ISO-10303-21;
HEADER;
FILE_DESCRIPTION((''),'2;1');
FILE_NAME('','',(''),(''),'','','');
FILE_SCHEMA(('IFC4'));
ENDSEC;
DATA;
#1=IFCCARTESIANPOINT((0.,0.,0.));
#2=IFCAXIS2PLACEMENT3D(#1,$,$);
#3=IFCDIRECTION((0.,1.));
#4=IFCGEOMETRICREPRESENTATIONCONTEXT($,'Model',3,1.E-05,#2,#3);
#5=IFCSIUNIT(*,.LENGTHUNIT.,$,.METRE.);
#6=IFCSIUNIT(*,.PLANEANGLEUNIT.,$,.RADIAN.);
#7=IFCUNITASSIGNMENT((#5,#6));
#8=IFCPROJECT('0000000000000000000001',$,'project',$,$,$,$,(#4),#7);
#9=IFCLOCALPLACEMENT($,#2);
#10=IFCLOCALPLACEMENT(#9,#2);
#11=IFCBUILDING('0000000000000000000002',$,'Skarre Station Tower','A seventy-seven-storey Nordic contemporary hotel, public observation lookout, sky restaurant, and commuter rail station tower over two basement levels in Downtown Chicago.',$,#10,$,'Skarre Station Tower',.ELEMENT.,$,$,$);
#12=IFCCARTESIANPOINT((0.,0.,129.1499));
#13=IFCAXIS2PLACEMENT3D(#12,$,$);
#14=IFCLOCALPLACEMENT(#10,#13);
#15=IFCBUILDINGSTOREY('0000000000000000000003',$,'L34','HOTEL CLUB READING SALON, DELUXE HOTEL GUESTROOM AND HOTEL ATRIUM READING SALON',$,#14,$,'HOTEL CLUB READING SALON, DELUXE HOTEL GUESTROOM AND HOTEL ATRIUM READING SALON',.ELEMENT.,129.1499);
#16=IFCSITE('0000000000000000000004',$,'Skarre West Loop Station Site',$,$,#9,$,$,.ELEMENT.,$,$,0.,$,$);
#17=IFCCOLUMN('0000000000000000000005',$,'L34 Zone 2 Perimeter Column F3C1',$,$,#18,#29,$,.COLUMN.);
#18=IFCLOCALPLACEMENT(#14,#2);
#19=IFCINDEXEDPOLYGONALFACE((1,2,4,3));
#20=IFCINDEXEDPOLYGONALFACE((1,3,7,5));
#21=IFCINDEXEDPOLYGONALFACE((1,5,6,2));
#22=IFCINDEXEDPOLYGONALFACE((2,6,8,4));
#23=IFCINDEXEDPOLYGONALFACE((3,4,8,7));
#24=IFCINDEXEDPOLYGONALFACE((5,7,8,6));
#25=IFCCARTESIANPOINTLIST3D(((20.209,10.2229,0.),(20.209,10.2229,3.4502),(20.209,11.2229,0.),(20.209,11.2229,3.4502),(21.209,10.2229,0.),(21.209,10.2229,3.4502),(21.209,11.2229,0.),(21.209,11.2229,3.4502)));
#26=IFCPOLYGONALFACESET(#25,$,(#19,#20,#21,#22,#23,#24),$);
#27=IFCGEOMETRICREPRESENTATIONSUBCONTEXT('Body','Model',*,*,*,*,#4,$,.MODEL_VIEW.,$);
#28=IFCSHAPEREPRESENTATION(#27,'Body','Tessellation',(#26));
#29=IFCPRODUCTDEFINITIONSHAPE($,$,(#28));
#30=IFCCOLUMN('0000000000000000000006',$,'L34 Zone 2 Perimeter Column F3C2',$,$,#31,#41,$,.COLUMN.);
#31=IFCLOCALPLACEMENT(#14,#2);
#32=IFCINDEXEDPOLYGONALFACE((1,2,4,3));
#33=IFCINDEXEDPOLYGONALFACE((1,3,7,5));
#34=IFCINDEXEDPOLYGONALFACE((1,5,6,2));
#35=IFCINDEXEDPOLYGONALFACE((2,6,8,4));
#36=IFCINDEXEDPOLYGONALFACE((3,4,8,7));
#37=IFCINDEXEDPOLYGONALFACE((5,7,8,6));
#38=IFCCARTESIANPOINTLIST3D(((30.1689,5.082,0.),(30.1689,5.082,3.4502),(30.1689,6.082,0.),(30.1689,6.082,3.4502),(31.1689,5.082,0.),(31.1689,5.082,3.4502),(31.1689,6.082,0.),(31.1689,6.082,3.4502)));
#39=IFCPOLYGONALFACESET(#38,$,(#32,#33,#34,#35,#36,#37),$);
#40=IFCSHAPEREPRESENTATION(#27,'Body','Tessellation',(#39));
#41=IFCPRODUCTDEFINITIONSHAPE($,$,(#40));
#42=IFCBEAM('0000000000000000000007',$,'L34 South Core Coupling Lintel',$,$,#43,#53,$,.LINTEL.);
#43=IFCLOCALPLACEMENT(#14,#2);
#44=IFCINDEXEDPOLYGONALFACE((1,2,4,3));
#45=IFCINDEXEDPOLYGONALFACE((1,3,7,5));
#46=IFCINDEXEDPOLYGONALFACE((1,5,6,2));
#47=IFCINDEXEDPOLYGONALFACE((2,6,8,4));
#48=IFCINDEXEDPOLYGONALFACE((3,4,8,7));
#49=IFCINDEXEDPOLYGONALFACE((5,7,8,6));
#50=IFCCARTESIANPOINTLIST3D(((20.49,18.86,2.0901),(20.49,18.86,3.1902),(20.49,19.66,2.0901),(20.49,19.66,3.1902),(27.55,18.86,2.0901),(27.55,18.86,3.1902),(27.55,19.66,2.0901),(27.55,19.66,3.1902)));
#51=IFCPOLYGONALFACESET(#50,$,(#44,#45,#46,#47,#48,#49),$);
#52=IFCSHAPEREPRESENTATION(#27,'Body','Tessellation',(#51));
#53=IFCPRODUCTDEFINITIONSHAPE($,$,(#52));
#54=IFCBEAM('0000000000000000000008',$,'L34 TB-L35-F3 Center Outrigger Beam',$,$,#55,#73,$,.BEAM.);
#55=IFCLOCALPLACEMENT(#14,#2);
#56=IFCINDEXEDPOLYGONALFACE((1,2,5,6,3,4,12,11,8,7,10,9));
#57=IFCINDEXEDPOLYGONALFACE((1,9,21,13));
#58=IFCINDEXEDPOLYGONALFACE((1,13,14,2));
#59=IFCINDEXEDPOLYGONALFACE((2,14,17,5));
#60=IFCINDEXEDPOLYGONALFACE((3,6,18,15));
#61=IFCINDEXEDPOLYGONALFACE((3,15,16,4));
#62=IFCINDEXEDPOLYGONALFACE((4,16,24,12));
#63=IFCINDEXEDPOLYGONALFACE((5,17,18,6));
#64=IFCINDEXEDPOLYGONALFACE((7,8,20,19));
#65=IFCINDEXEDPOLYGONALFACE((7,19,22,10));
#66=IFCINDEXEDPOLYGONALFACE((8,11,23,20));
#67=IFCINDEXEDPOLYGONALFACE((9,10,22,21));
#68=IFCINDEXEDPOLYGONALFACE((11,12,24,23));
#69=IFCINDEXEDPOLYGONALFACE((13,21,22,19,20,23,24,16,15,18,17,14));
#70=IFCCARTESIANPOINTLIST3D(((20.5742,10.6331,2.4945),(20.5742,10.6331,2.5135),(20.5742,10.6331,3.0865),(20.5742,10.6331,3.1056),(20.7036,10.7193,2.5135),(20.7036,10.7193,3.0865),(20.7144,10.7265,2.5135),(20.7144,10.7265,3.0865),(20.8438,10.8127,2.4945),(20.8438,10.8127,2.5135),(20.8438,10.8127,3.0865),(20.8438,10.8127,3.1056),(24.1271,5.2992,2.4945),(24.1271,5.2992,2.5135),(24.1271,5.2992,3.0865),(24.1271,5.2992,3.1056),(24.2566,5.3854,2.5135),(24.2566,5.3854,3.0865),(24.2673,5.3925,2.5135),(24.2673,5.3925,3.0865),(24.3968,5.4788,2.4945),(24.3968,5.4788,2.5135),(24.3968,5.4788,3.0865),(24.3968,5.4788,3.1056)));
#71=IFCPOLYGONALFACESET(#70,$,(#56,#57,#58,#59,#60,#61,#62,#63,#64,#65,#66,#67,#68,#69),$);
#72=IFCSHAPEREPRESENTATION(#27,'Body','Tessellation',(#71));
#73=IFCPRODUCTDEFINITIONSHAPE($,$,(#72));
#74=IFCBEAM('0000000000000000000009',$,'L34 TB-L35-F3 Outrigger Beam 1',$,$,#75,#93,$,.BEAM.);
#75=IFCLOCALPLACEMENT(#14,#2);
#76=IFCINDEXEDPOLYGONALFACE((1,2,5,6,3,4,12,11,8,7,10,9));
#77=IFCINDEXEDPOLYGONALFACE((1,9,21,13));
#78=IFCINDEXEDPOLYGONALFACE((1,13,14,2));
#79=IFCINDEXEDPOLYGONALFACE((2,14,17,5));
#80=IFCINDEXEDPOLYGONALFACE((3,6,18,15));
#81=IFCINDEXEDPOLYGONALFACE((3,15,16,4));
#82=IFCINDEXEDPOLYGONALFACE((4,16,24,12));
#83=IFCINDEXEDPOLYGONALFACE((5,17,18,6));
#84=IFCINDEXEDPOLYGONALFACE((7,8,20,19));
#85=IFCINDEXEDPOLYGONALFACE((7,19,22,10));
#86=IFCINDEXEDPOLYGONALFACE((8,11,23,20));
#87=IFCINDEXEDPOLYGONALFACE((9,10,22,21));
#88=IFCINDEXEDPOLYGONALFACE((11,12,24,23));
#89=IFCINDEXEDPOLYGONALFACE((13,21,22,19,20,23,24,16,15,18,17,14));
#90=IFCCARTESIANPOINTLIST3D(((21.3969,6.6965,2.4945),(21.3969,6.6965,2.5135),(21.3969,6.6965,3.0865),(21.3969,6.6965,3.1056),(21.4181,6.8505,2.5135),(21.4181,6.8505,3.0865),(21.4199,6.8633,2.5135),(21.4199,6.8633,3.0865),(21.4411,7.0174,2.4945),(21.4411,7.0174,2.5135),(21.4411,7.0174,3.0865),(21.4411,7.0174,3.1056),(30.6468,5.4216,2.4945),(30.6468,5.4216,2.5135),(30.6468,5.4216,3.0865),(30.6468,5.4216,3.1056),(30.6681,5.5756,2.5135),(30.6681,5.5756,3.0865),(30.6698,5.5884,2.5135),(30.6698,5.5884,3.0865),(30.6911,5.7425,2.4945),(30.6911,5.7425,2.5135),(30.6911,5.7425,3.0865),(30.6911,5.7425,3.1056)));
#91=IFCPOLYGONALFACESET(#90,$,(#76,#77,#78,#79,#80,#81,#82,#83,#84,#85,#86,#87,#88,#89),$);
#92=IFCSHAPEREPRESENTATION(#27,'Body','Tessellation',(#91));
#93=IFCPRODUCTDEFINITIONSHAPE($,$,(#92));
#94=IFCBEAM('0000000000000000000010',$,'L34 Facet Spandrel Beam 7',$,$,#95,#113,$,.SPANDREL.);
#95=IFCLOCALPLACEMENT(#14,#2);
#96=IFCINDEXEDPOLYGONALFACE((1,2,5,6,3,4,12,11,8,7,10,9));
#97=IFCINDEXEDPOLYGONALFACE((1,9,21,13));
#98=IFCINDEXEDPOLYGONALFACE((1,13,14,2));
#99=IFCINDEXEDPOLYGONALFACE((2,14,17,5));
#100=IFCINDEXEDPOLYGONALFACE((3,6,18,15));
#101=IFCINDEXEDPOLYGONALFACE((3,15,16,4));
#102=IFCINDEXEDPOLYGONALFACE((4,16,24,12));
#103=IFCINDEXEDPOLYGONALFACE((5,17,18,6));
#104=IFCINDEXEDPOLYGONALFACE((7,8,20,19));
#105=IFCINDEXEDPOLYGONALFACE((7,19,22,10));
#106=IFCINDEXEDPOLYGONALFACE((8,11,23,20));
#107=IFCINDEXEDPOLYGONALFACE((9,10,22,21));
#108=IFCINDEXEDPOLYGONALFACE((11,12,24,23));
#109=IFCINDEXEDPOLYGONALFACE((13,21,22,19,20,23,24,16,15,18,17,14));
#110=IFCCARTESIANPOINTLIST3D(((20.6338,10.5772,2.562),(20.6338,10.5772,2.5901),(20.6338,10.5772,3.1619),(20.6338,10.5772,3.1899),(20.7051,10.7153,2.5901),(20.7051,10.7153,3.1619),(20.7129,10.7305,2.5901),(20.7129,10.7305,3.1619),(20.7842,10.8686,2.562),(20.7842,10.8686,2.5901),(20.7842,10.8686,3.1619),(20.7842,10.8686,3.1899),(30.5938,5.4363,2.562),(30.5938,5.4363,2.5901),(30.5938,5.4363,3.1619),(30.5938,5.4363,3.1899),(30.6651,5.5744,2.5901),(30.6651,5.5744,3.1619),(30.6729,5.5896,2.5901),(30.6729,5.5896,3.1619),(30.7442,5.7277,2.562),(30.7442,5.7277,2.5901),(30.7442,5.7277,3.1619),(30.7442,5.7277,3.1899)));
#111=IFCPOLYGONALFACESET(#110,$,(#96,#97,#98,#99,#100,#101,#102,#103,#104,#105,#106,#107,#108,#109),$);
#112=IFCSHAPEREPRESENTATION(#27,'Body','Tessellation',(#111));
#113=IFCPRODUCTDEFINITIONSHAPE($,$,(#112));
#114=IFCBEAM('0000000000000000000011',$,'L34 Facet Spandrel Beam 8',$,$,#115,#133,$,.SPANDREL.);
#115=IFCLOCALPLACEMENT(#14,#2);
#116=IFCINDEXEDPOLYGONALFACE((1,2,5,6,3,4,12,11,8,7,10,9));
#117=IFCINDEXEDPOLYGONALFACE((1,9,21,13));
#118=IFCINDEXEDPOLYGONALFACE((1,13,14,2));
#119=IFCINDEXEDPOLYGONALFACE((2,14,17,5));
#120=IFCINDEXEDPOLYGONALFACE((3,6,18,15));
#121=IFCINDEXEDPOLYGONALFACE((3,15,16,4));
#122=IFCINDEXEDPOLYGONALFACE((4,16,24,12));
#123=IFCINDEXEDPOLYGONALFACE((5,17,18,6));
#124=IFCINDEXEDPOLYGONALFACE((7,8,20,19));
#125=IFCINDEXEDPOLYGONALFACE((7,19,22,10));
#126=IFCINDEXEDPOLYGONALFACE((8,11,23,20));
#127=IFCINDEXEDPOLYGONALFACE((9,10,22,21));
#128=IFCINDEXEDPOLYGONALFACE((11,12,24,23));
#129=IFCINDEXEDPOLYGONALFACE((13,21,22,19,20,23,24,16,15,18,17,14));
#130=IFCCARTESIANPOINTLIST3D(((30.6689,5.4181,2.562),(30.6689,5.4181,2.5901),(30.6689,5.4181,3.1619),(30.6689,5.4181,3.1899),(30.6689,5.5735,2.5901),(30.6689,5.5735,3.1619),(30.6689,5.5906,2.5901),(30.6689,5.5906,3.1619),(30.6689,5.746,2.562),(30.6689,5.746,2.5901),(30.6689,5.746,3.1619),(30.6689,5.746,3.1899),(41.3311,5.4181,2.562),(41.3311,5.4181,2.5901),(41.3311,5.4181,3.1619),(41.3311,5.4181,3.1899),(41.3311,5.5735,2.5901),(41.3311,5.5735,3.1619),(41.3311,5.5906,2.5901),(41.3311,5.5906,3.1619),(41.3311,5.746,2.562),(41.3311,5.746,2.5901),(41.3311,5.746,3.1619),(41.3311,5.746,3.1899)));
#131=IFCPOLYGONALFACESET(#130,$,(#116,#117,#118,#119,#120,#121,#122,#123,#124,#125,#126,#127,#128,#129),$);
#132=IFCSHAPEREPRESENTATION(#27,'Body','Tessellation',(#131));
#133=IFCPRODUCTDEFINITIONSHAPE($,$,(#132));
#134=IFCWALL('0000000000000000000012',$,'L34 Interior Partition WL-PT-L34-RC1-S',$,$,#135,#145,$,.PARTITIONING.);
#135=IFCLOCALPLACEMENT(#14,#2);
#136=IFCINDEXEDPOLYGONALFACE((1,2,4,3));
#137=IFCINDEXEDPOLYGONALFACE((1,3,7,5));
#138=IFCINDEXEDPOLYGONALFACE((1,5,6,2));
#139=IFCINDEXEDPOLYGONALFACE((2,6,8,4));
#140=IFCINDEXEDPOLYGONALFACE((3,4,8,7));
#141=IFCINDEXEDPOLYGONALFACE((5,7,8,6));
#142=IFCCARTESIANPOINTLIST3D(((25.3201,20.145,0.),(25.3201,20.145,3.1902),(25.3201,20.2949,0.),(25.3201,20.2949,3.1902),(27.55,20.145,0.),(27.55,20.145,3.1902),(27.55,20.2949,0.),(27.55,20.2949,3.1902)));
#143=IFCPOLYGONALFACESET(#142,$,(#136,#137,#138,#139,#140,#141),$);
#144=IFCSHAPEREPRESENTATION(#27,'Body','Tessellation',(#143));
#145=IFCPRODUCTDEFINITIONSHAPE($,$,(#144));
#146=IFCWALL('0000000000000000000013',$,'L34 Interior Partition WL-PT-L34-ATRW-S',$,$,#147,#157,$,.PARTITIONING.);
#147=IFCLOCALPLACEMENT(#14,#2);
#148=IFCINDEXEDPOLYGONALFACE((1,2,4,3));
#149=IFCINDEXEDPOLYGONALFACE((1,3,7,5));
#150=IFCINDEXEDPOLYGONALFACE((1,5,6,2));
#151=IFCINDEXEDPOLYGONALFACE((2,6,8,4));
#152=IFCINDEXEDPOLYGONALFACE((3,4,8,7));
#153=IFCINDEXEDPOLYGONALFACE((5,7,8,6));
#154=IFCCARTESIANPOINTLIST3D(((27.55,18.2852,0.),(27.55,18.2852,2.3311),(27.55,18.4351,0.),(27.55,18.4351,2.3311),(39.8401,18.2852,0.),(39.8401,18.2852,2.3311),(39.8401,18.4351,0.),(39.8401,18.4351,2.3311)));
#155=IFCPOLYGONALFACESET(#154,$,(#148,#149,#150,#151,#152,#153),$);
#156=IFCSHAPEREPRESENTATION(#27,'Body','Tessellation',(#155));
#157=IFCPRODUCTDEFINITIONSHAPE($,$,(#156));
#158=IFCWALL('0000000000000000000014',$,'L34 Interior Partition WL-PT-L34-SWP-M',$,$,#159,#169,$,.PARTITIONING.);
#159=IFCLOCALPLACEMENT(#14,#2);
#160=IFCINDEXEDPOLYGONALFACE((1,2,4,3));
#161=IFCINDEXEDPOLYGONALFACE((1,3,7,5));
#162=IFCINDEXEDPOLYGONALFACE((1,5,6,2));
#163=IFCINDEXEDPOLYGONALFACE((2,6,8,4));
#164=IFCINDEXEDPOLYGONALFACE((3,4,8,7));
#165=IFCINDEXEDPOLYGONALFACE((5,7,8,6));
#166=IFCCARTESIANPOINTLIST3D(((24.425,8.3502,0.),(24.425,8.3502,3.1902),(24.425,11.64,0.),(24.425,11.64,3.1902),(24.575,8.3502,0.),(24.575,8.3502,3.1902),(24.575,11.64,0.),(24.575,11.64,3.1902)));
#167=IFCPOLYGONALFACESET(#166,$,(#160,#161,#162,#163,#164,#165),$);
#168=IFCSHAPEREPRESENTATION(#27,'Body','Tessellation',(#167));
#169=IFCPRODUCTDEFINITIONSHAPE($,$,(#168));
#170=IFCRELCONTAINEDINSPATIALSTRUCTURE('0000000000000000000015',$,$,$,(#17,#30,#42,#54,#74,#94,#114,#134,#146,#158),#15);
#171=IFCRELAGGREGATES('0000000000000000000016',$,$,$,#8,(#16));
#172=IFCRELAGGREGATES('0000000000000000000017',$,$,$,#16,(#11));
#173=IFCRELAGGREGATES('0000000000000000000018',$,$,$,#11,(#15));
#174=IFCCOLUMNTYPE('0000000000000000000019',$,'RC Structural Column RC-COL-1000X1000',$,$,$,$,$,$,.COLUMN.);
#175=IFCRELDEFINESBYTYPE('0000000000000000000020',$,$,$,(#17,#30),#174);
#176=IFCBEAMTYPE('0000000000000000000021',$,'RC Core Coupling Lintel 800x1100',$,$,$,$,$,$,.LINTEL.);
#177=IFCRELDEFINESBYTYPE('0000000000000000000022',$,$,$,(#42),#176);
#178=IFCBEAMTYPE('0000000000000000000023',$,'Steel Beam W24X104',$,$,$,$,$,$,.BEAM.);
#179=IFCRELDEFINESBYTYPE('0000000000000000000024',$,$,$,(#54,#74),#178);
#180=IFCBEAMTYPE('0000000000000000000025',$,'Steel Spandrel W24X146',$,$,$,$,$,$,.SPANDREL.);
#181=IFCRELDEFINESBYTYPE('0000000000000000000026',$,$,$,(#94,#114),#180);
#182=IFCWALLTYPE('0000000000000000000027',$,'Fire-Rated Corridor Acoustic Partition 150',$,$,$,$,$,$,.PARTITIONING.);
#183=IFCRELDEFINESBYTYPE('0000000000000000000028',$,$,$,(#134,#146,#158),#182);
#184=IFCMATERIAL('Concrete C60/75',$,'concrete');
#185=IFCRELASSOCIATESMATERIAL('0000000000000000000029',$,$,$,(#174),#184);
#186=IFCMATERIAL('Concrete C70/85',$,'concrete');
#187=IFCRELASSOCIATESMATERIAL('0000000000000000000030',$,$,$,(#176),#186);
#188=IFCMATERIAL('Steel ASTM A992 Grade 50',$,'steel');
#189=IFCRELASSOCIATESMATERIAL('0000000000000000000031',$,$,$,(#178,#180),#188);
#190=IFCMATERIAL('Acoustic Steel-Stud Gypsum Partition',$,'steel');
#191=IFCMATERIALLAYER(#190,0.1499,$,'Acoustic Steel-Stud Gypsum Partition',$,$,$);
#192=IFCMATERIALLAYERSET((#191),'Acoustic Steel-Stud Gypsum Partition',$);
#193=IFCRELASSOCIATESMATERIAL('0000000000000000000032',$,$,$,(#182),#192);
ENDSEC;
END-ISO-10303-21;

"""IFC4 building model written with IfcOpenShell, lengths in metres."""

from ifc_helpers import new_model, si_unit, direction, frame, frame_2d, origin, origin_2d, place, context, subcontext, project, spatial, rectangle, i_section, extrude, material, layer, layer_set, material_profile, profile_set, type_object, element, save


model = new_model("IFC4")

# Units and contexts
model_context = context("Model", 3, precision=1e-05, world=origin(), true_north=direction((0.0, 1.0)))
body_context = subcontext(model_context, "Body", "Model", "MODEL_VIEW")
ifc_project = project(units=[si_unit("LENGTHUNIT", "METRE"), si_unit("PLANEANGLEUNIT", "RADIAN")], contexts=[model_context])

# Site, building, storey
site_placement = place(None, origin())
site = spatial("IfcSite", under=ifc_project, at=site_placement, Name="Skarre West Loop Station Site", CompositionType="ELEMENT", RefElevation=0.0)
building_placement = place(site_placement, origin())
building = spatial("IfcBuilding", under=site, at=building_placement, Name="Skarre Station Tower", Description="A seventy-seven-storey Nordic contemporary hotel, public observation lookout, sky restaurant, and commuter rail station tower over two basement levels in Downtown Chicago.", LongName="Skarre Station Tower", CompositionType="ELEMENT")
storey_placement = place(building_placement, frame((0.0, 0.0, 129.1499)))
storey = spatial("IfcBuildingStorey", under=building, at=storey_placement, Name="L34", Description="HOTEL CLUB READING SALON, DELUXE HOTEL GUESTROOM AND HOTEL ATRIUM READING SALON", LongName="HOTEL CLUB READING SALON, DELUXE HOTEL GUESTROOM AND HOTEL ATRIUM READING SALON", CompositionType="ELEMENT", Elevation=129.1499)

# Columns
ifc_material_1 = material(Name="Concrete C60/75", Category="concrete")
ifc_material_profile_1 = material_profile(ifc_material_1, rectangle(XDim=1.0, YDim=1.0, at=origin_2d()), Name="Concrete C60/75")
ifc_profile_set_1 = profile_set([ifc_material_profile_1], Name="Concrete C60/75")
column_type = type_object("IfcColumnType", Name="RC Structural Column RC-COL-1000X1000", PredefinedType="COLUMN", material=ifc_profile_set_1)
for number, where, z_axis, x_axis, name in (
    (1, (20.709, 10.7229, 0.0), (0.0, 0.0, 1.0), (1.0, 0.0, 0.0), "L34 Zone 2 Perimeter Column F3C1"),
    (2, (30.6689, 5.582, 0.0), (0.0, 0.0, 1.0), (1.0, 0.0, 0.0), "L34 Zone 2 Perimeter Column F3C2"),
):
    element("IfcColumn", number, at=place(storey_placement, frame(where, z_axis=z_axis, x_axis=x_axis)), inside=storey, type_object=column_type, Name=name, PredefinedType="COLUMN", context=body_context, shape_type="SweptSolid", body=[
        extrude(rectangle(XDim=1.0, YDim=1.0, at=origin_2d()), origin(), (0.0, 0.0, 1.0), 3.4502),
    ])

# Beams
ifc_material_2 = material(Name="Concrete C70/85", Category="concrete")
ifc_material_profile_2 = material_profile(ifc_material_2, rectangle(XDim=0.8, YDim=1.1001, at=origin_2d()), Name="Concrete C70/85")
ifc_profile_set_2 = profile_set([ifc_material_profile_2], Name="Concrete C70/85")
beam_type_1 = type_object("IfcBeamType", Name="RC Core Coupling Lintel 800x1100", PredefinedType="LINTEL", material=ifc_profile_set_2)
beam_1_placement = place(storey_placement, frame((20.49, 19.26, 2.6401), z_axis=(1.0, 0.0, 0.0), x_axis=(0.0, 1.0, 0.0)))
element("IfcBeam", 3, at=beam_1_placement, inside=storey, type_object=beam_type_1, Name="L34 South Core Coupling Lintel", PredefinedType="LINTEL", context=body_context, shape_type="SweptSolid", body=[
    extrude(rectangle(XDim=0.8, YDim=1.1001, at=origin_2d()), origin(), (0.0, 0.0, 1.0), 7.0601),
])
ifc_material_3 = material(Name="Steel ASTM A992 Grade 50", Category="steel")
ifc_material_profile_3 = material_profile(ifc_material_3, i_section(OverallWidth=0.324, OverallDepth=0.6111, WebThickness=0.0129, FlangeThickness=0.019, at=origin_2d()), Name="Steel ASTM A992 Grade 50")
ifc_profile_set_3 = profile_set([ifc_material_profile_3], Name="Steel ASTM A992 Grade 50")
beam_type_2 = type_object("IfcBeamType", Name="Steel Beam W24X104", PredefinedType="BEAM", material=ifc_profile_set_3)
beam_2_placement = place(storey_placement, frame((20.709, 10.7229, 2.8), z_axis=(0.554375, -0.832267, 0.0), x_axis=(0.832267, 0.554375, 0.0)))
element("IfcBeam", 4, at=beam_2_placement, inside=storey, type_object=beam_type_2, Name="L34 TB-L35-F3 Center Outrigger Beam", PredefinedType="BEAM", context=body_context, shape_type="SweptSolid", body=[
    extrude(i_section(OverallWidth=0.324, OverallDepth=0.6111, WebThickness=0.0129, FlangeThickness=0.019, at=origin_2d()), origin(), (0.0, 0.0, 1.0), 6.4089),
])
beam_3_placement = place(storey_placement, frame((30.6689, 5.582, 2.8), z_axis=(-0.990635, 0.136537, 0.0), x_axis=(-0.136537, -0.990635, 0.0)))
element("IfcBeam", 5, at=beam_3_placement, inside=storey, type_object=beam_type_2, Name="L34 TB-L35-F3 Outrigger Beam 1", PredefinedType="BEAM", context=body_context, shape_type="SweptSolid", body=[
    extrude(i_section(OverallWidth=0.324, OverallDepth=0.6111, WebThickness=0.0129, FlangeThickness=0.019, at=origin_2d()), origin(), (0.0, 0.0, 1.0), 9.3374),
])
ifc_material_profile_4 = material_profile(ifc_material_3, i_section(OverallWidth=0.3279, OverallDepth=0.6279, WebThickness=0.0171, FlangeThickness=0.0281, at=origin_2d()), Name="Steel ASTM A992 Grade 50")
ifc_profile_set_4 = profile_set([ifc_material_profile_4], Name="Steel ASTM A992 Grade 50")
beam_type_3 = type_object("IfcBeamType", Name="Steel Spandrel W24X146", PredefinedType="SPANDREL", material=ifc_profile_set_4)
beam_4_placement = place(storey_placement, frame((20.709, 10.7229, 2.876), z_axis=(0.888612, -0.45866, 0.0), x_axis=(0.45866, 0.888612, 0.0)))
element("IfcBeam", 6, at=beam_4_placement, inside=storey, type_object=beam_type_3, Name="L34 Facet Spandrel Beam 7", PredefinedType="SPANDREL", context=body_context, shape_type="SweptSolid", body=[
    extrude(i_section(OverallWidth=0.3279, OverallDepth=0.6279, WebThickness=0.0171, FlangeThickness=0.0281, at=origin_2d()), origin(), (0.0, 0.0, 1.0), 11.2085),
])
beam_5_placement = place(storey_placement, frame((30.6689, 5.582, 2.876), z_axis=(1.0, 0.0, 0.0), x_axis=(0.0, 1.0, 0.0)))
element("IfcBeam", 7, at=beam_5_placement, inside=storey, type_object=beam_type_3, Name="L34 Facet Spandrel Beam 8", PredefinedType="SPANDREL", context=body_context, shape_type="SweptSolid", body=[
    extrude(i_section(OverallWidth=0.3279, OverallDepth=0.6279, WebThickness=0.0171, FlangeThickness=0.0281, at=origin_2d()), origin(), (0.0, 0.0, 1.0), 10.6621),
])

# Walls
ifc_material_4 = material(Name="Acoustic Steel-Stud Gypsum Partition", Category="steel")
ifc_layer_1 = layer(ifc_material_4, 0.1499, Name="Acoustic Steel-Stud Gypsum Partition")
ifc_layer_set_1 = layer_set([ifc_layer_1], Name="Acoustic Steel-Stud Gypsum Partition")
wall_type_1 = type_object("IfcWallType", Name="Fire-Rated Corridor Acoustic Partition 150", PredefinedType="PARTITIONING", material=ifc_layer_set_1)
wall_1_placement = place(storey_placement, frame((25.3201, 20.22, 0.0), z_axis=(0.0, 0.0, 1.0), x_axis=(1.0, 0.0, 0.0)))
element("IfcWall", 8, at=wall_1_placement, inside=storey, type_object=wall_type_1, Name="L34 Interior Partition WL-PT-L34-RC1-S", PredefinedType="PARTITIONING", context=body_context, shape_type="SweptSolid", body=[
    extrude(rectangle(XDim=2.23, YDim=0.1499, at=frame_2d((1.115, 0.0))), origin(), (0.0, 0.0, 1.0), 3.1902),
])
wall_2_placement = place(storey_placement, frame((27.55, 18.3601, 0.0), z_axis=(0.0, 0.0, 1.0), x_axis=(1.0, 0.0, 0.0)))
element("IfcWall", 9, at=wall_2_placement, inside=storey, type_object=wall_type_1, Name="L34 Interior Partition WL-PT-L34-ATRW-S", PredefinedType="PARTITIONING", context=body_context, shape_type="SweptSolid", body=[
    extrude(rectangle(XDim=12.29, YDim=0.1499, at=frame_2d((6.145, 0.0))), origin(), (0.0, 0.0, 1.0), 2.3311),
])
wall_3_placement = place(storey_placement, frame((24.5, 8.3501, 0.0), z_axis=(0.0, 0.0, 1.0), x_axis=(0.0, 1.0, 0.0)))
element("IfcWall", 10, at=wall_3_placement, inside=storey, type_object=wall_type_1, Name="L34 Interior Partition WL-PT-L34-SWP-M", PredefinedType="PARTITIONING", context=body_context, shape_type="SweptSolid", body=[
    extrude(rectangle(XDim=3.2898, YDim=0.1499, at=frame_2d((1.645, 0.0))), origin(), (0.0, 0.0, 1.0), 3.1902),
])

save(model, "model.ifc")
